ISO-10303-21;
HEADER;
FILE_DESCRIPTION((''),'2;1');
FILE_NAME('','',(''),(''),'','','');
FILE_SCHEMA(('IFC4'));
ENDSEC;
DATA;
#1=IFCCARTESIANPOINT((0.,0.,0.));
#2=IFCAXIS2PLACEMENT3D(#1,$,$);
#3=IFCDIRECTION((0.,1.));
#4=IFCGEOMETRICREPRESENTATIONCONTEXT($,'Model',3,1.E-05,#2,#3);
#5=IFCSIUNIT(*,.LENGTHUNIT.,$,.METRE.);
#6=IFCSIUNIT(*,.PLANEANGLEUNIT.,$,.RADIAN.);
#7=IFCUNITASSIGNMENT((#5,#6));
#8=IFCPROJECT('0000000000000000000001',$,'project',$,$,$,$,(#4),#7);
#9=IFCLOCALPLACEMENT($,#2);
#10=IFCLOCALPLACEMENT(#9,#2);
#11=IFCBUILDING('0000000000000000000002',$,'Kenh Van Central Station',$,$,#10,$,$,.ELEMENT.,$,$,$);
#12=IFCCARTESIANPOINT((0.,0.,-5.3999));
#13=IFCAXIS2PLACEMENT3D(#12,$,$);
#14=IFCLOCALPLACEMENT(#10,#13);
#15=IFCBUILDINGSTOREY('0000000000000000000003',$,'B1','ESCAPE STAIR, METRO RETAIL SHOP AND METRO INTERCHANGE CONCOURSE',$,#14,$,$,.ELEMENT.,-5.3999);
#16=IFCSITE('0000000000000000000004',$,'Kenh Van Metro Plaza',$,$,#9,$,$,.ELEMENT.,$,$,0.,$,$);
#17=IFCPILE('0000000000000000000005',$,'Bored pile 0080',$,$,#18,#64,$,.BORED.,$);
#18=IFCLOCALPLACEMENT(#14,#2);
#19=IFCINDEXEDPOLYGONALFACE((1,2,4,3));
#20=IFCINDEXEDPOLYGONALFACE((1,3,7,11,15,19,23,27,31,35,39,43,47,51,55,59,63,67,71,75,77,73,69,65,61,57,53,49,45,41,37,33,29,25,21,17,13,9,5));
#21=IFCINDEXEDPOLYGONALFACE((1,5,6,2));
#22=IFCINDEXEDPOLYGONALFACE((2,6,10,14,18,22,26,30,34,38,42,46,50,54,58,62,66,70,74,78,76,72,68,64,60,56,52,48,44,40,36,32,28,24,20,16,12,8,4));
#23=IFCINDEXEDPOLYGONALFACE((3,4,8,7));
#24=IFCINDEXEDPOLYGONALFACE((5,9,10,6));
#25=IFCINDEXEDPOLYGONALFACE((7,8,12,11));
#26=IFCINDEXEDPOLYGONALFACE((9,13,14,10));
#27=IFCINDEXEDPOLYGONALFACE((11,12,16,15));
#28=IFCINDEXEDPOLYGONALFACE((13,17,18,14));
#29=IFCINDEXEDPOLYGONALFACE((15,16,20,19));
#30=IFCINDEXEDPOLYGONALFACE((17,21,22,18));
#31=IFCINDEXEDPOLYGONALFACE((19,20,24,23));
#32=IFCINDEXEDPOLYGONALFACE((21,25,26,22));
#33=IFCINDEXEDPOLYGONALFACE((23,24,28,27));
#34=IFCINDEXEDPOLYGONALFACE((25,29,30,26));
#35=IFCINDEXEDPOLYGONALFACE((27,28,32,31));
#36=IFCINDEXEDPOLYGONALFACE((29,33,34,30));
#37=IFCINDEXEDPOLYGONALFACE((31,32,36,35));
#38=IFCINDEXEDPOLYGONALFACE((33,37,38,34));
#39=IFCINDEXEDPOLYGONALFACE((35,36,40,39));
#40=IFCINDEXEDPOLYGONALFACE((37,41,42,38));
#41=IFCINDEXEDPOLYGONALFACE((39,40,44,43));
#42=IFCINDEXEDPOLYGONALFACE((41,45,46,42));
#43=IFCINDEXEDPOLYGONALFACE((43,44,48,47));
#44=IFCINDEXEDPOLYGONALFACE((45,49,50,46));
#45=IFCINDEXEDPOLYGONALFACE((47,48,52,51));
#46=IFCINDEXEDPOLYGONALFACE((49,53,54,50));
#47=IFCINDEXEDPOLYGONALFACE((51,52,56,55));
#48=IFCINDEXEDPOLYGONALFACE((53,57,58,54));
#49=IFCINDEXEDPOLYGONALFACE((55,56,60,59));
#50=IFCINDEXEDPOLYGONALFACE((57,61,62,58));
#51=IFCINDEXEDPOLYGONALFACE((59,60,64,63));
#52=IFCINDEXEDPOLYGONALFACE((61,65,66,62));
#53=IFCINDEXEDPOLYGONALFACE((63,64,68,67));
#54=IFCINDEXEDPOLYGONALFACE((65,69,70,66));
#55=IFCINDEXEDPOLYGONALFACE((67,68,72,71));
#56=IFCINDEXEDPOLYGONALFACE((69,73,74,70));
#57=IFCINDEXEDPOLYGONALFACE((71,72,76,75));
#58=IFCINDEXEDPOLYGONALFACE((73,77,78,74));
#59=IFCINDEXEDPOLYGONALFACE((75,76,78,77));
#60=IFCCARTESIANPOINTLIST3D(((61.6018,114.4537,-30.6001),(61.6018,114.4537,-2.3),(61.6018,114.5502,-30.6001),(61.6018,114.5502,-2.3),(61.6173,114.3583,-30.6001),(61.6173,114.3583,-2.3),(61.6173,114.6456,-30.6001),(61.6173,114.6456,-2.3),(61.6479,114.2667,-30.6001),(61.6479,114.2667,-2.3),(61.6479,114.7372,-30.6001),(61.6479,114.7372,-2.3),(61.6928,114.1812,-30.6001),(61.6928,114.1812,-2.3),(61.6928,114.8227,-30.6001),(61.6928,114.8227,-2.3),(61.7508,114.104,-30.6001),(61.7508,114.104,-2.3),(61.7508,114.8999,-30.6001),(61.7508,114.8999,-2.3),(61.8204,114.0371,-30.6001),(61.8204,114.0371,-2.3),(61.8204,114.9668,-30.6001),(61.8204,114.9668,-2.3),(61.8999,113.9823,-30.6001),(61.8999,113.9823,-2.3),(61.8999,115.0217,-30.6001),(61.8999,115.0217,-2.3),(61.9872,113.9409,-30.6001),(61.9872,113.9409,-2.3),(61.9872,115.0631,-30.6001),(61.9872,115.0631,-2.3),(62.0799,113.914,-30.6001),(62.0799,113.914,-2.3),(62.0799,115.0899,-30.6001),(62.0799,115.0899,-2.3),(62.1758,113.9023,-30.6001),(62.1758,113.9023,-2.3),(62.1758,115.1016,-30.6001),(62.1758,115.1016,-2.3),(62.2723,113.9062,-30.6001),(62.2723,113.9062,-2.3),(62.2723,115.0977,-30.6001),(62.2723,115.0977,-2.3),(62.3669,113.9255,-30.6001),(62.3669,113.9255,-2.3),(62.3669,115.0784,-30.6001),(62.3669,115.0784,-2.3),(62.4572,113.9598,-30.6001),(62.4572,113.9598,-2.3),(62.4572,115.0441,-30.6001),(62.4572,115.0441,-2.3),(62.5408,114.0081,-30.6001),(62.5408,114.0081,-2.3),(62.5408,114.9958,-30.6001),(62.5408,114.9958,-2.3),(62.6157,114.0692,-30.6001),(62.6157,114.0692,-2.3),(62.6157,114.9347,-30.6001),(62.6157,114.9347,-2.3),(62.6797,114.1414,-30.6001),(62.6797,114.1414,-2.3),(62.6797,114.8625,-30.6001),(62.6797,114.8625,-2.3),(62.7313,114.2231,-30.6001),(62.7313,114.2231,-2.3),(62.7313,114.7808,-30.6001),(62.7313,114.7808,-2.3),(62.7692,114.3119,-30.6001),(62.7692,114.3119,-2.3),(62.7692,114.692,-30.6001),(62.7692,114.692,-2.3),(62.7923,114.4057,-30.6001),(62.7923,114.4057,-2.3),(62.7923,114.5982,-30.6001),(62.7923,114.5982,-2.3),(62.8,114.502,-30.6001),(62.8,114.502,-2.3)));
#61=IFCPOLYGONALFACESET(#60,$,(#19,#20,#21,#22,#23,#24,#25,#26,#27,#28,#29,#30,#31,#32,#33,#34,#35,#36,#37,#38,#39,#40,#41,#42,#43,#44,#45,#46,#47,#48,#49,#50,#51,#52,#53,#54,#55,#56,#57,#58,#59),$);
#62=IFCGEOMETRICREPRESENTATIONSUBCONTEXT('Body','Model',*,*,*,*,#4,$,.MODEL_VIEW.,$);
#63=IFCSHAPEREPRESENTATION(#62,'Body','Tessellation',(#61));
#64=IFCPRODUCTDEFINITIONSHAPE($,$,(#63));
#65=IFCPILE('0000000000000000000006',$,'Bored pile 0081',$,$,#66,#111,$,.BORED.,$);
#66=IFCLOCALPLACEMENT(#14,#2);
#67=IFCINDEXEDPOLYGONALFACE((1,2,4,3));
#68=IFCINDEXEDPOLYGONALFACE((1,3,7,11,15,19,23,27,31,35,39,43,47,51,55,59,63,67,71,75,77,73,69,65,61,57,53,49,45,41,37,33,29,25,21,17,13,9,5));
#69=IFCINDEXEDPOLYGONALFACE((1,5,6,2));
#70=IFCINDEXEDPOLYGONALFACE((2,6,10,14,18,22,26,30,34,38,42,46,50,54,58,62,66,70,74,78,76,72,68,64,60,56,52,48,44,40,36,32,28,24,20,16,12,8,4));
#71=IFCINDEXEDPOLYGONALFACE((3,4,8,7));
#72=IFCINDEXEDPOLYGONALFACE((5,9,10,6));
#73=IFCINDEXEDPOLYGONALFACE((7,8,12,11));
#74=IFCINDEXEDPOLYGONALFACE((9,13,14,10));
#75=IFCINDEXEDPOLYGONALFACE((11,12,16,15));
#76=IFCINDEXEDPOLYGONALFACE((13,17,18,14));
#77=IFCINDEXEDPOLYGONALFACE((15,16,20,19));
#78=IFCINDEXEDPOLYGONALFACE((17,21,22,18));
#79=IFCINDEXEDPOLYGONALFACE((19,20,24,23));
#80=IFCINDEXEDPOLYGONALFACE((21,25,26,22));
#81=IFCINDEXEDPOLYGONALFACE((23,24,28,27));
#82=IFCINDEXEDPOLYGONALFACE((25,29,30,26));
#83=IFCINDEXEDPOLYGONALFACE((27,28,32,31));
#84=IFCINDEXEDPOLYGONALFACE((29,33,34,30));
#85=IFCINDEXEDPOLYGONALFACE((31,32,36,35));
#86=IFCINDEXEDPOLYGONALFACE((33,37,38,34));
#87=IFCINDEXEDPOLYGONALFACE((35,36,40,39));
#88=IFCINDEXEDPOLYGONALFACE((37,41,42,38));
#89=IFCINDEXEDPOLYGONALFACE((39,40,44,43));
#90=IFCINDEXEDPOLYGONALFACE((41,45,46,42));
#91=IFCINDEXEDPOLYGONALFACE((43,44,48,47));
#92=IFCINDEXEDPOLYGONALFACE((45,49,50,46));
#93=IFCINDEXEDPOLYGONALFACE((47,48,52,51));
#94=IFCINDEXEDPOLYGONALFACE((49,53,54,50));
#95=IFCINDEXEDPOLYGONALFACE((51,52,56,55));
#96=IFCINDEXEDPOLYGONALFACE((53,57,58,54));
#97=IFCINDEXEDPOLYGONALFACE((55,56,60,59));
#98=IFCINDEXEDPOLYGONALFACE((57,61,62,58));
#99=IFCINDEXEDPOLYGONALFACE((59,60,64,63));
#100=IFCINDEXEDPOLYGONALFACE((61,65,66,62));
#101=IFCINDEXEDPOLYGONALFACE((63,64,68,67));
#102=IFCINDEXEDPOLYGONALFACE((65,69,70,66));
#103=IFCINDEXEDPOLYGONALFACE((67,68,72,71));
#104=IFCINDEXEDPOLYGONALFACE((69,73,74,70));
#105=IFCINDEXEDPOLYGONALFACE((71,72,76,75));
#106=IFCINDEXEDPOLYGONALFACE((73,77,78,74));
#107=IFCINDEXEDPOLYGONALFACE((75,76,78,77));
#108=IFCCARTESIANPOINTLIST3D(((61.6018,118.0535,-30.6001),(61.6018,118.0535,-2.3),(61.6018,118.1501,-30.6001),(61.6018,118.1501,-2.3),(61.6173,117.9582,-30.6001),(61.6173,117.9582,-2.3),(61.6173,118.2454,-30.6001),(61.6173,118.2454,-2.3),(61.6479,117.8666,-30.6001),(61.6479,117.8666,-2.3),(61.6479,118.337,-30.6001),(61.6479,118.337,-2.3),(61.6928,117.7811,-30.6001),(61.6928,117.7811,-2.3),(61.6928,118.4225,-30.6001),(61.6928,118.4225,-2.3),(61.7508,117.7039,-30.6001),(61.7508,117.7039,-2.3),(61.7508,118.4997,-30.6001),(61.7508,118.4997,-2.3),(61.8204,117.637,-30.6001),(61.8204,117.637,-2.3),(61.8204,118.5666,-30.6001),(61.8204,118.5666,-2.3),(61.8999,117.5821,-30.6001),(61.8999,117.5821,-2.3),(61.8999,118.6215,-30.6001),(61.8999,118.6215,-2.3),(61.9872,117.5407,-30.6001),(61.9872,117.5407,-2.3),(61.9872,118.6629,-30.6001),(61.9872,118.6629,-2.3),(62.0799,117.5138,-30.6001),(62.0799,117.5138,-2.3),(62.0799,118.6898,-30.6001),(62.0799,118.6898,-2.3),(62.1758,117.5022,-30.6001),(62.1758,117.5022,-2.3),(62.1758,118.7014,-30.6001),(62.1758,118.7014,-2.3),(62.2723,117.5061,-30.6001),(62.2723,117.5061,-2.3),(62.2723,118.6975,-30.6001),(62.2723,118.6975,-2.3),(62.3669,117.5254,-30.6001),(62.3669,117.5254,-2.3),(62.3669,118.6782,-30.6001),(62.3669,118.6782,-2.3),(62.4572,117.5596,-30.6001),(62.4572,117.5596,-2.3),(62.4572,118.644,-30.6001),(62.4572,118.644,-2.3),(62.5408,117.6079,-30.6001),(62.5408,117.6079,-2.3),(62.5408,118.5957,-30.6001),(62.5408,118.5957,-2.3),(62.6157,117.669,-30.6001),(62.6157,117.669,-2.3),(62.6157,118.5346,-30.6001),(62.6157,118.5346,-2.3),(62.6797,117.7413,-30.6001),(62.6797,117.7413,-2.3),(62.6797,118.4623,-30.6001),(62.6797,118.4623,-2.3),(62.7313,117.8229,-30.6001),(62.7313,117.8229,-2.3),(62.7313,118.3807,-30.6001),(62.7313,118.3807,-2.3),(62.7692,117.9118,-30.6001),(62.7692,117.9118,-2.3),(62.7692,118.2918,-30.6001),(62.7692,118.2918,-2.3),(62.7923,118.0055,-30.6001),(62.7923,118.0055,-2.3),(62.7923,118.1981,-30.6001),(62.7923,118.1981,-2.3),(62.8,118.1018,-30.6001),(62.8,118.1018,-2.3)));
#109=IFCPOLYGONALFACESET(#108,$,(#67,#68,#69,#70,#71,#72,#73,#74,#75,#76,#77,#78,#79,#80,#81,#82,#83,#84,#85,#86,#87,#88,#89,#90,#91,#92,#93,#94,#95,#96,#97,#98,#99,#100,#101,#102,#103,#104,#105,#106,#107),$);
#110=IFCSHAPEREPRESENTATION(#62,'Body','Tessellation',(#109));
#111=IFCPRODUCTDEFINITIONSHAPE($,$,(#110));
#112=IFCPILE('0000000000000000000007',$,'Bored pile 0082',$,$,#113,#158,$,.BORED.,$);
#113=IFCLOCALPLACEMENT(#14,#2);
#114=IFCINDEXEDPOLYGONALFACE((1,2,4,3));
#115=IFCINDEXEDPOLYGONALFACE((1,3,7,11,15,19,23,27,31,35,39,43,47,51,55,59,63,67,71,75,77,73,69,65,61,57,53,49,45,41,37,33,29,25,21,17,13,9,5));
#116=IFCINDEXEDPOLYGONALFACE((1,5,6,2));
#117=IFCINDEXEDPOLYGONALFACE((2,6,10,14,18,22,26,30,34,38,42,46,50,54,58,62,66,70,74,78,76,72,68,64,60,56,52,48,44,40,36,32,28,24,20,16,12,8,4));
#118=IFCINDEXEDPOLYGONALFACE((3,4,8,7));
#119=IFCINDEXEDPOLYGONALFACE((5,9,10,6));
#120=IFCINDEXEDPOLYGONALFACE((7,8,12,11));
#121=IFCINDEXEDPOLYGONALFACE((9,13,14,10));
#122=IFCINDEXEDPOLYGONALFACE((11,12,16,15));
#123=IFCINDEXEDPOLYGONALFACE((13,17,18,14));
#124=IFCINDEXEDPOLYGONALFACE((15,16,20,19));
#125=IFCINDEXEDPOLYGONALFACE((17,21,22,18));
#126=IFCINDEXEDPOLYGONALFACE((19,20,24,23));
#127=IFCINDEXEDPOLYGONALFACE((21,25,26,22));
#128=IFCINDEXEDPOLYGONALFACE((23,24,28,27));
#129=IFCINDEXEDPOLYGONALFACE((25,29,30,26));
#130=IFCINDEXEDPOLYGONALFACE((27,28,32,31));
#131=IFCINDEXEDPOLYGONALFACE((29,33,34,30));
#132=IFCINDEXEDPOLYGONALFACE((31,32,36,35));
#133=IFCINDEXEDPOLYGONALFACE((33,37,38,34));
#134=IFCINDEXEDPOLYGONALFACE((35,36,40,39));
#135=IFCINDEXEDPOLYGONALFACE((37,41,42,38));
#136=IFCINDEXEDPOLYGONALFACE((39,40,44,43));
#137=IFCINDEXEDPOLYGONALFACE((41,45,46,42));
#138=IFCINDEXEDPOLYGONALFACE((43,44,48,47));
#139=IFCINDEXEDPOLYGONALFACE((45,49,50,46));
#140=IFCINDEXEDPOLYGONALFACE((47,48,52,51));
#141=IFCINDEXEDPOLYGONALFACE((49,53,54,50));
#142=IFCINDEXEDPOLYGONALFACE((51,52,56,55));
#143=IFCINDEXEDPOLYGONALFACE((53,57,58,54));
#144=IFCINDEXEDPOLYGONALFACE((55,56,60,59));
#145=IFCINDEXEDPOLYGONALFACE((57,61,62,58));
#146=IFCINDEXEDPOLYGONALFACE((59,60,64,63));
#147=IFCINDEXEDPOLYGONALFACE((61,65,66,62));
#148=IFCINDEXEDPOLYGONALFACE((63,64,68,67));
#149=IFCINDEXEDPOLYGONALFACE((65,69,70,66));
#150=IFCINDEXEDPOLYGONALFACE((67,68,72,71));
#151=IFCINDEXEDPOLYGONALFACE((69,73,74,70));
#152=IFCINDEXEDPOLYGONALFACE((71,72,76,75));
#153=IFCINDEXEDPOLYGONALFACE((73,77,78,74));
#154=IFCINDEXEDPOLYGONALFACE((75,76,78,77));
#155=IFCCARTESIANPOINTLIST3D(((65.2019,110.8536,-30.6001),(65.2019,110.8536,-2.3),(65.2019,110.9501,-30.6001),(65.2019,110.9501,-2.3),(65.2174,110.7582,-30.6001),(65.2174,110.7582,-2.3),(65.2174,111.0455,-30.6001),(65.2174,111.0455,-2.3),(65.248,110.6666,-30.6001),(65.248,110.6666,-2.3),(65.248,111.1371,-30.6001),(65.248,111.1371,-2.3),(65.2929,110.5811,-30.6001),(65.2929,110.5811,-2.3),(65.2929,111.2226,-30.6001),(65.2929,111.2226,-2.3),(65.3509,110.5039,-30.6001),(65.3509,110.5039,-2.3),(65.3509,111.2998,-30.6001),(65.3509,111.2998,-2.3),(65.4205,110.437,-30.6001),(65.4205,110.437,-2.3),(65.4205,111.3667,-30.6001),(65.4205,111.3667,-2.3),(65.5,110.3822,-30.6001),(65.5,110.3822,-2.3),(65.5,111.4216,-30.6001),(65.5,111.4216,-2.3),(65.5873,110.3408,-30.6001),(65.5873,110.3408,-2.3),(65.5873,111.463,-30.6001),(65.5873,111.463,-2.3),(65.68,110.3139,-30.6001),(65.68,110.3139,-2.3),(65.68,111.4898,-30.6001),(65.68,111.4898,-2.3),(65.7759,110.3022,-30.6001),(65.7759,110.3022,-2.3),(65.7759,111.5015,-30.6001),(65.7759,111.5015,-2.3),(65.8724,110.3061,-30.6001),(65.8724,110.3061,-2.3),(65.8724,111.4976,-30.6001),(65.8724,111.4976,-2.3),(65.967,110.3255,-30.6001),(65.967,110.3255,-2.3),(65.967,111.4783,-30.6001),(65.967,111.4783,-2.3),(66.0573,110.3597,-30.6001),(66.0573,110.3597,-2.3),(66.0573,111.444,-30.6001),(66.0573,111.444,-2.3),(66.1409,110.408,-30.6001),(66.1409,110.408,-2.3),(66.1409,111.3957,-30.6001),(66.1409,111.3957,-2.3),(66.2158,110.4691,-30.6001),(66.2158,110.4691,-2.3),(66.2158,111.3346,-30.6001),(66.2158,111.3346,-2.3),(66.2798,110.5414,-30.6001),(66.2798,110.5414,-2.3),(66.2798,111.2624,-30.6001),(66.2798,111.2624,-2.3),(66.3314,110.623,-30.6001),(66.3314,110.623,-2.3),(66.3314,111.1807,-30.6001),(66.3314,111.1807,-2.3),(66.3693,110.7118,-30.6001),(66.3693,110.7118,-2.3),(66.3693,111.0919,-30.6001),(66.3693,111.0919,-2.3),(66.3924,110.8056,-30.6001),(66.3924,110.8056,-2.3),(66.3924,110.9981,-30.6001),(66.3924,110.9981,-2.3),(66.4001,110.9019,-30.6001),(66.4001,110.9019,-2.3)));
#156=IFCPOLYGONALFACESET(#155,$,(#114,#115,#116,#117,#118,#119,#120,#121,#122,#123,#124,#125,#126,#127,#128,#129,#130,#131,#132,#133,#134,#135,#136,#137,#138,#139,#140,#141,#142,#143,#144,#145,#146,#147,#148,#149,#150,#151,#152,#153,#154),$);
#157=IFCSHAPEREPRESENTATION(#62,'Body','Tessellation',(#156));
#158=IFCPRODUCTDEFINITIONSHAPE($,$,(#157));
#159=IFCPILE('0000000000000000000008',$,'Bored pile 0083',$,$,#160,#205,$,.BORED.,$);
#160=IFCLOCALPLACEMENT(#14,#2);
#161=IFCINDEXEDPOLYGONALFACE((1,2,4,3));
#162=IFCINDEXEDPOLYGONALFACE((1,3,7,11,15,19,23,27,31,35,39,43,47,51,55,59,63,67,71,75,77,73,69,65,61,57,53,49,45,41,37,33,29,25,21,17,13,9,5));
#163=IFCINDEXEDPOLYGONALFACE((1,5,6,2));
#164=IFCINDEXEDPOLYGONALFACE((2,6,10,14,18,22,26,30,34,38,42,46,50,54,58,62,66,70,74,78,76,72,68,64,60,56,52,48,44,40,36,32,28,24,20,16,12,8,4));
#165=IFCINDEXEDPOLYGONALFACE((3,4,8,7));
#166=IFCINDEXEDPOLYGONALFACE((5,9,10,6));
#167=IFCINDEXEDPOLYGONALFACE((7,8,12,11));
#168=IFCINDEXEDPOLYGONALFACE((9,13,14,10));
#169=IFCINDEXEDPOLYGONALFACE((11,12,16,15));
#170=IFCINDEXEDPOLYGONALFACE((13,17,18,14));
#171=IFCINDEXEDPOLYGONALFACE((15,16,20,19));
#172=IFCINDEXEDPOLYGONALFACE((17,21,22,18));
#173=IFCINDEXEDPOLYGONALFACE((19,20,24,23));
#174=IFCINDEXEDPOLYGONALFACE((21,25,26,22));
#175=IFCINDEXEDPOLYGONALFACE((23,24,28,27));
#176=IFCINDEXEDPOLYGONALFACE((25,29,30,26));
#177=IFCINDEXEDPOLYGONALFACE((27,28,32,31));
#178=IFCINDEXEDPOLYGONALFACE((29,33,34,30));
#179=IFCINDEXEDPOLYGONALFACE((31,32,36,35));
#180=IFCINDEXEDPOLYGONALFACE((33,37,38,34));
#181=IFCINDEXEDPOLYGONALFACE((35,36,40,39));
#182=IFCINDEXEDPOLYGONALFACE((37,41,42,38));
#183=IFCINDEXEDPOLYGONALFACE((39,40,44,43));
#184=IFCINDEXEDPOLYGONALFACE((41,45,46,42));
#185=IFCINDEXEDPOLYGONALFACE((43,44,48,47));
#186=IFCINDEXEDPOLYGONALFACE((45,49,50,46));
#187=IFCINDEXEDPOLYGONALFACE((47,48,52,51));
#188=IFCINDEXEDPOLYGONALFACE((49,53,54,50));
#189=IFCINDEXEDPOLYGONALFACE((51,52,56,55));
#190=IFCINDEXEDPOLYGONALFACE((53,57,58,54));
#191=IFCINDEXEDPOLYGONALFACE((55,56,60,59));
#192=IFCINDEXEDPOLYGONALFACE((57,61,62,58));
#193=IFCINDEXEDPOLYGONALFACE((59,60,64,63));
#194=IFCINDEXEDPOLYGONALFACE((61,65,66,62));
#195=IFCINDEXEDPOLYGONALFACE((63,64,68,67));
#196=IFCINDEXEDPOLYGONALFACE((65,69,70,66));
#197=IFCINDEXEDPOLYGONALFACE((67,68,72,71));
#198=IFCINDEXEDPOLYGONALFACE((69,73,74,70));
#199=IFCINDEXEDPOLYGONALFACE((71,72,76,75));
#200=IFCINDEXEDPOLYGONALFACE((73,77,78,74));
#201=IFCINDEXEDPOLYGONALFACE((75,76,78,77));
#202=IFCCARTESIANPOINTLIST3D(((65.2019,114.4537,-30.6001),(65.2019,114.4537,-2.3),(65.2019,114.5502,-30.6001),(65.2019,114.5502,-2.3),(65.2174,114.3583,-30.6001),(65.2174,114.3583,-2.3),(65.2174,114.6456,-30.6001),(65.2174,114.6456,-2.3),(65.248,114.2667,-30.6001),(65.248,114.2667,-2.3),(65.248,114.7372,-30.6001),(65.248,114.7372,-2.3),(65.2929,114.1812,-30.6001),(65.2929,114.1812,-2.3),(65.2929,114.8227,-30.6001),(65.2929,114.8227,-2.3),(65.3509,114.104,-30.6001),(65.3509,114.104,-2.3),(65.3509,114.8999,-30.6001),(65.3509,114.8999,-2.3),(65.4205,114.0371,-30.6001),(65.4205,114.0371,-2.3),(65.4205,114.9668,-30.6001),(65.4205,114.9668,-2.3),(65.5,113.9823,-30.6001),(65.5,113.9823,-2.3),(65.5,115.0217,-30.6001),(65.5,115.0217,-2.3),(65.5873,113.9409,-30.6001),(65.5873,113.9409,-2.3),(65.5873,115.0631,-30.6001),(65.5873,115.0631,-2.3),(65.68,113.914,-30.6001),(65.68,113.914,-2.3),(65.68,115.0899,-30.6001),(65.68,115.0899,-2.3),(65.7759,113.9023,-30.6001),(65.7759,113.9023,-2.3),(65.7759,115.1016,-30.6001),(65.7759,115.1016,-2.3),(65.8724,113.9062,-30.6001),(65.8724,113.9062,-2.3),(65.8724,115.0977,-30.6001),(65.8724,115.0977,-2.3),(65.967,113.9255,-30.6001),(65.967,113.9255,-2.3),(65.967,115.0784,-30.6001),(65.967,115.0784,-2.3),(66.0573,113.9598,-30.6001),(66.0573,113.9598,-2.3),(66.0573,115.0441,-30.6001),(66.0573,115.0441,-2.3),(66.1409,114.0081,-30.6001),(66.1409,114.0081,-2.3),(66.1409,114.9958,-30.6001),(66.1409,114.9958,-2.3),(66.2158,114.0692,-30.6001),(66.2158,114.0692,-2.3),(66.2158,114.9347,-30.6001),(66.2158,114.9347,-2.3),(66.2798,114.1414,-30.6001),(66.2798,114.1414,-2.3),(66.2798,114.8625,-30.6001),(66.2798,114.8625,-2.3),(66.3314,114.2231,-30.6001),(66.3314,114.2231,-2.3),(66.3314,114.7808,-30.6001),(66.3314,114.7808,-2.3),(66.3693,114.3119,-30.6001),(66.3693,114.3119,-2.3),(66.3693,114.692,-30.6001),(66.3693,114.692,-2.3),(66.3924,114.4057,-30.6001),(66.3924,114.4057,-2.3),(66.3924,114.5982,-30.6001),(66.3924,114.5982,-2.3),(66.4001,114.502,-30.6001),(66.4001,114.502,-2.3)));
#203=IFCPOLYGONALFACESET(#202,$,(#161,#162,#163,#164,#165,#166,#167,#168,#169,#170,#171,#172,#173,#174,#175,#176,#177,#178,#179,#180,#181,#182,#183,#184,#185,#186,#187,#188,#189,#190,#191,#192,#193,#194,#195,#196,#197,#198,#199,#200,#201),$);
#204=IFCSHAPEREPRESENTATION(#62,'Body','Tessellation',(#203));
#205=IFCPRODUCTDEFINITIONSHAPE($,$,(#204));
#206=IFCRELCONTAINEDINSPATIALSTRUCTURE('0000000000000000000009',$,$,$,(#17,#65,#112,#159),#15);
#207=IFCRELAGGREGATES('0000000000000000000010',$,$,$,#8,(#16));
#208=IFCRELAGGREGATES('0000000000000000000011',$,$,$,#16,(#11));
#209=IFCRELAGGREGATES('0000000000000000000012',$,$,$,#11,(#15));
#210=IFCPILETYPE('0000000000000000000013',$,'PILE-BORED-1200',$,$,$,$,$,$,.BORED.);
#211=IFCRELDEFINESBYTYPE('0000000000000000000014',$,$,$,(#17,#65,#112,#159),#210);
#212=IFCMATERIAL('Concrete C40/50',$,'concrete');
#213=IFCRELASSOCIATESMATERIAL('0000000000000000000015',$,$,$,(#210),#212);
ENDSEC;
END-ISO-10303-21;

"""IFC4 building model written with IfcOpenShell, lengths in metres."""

from ifc_helpers import new_model, si_unit, direction, frame, origin, origin_2d, place, context, subcontext, project, spatial, circle, extrude, material, material_profile, profile_set, type_object, element, save


model = new_model("IFC4")

# Units and contexts
model_context = context("Model", 3, precision=1e-05, world=origin(), true_north=direction((0.0, 1.0)))
body_context = subcontext(model_context, "Body", "Model", "MODEL_VIEW")
ifc_project = project(units=[si_unit("LENGTHUNIT", "METRE"), si_unit("PLANEANGLEUNIT", "RADIAN")], contexts=[model_context])

# Site, building, storey
site_placement = place(None, origin())
site = spatial("IfcSite", under=ifc_project, at=site_placement, Name="Kenh Van Metro Plaza", CompositionType="ELEMENT", RefElevation=0.0)
building_placement = place(site_placement, origin())
building = spatial("IfcBuilding", under=site, at=building_placement, Name="Kenh Van Central Station", CompositionType="ELEMENT")
storey_placement = place(building_placement, frame((0.0, 0.0, -5.3999)))
storey = spatial("IfcBuildingStorey", under=building, at=storey_placement, Name="B1", Description="ESCAPE STAIR, METRO RETAIL SHOP AND METRO INTERCHANGE CONCOURSE", CompositionType="ELEMENT", Elevation=-5.3999)

# Shared definitions
ifc_material_1 = material(Name="Concrete C40/50", Category="concrete")

# Piles
ifc_material_profile_1 = material_profile(ifc_material_1, circle(Radius=0.6001, at=origin_2d()), Name="PILE D1200")
ifc_profile_set_1 = profile_set([ifc_material_profile_1], Name="Concrete C40/50")
pile_type_1 = type_object("IfcPileType", Name="PILE-BORED-1200", PredefinedType="BORED", material=ifc_profile_set_1)
for number, where, z_axis, x_axis, name in (
    (1, (62.2, 114.502, -2.3), (0.0, 0.0, -1.0), (1.0, 0.0, 0.0), "Bored pile 0080"),
    (2, (62.2, 118.1018, -2.3), (0.0, 0.0, -1.0), (1.0, 0.0, 0.0), "Bored pile 0081"),
    (3, (65.8, 110.9019, -2.3), (0.0, 0.0, -1.0), (1.0, 0.0, 0.0), "Bored pile 0082"),
    (4, (65.8, 114.502, -2.3), (0.0, 0.0, -1.0), (1.0, 0.0, 0.0), "Bored pile 0083"),
):
    element("IfcPile", number, at=place(storey_placement, frame(where, z_axis=z_axis, x_axis=x_axis)), inside=storey, type_object=pile_type_1, Name=name, PredefinedType="BORED", context=body_context, shape_type="SweptSolid", body=[
        extrude(circle(Radius=0.6001, at=origin_2d()), origin(), (0.0, 0.0, 1.0), 28.3),
    ])

save(model, "model.ifc")
